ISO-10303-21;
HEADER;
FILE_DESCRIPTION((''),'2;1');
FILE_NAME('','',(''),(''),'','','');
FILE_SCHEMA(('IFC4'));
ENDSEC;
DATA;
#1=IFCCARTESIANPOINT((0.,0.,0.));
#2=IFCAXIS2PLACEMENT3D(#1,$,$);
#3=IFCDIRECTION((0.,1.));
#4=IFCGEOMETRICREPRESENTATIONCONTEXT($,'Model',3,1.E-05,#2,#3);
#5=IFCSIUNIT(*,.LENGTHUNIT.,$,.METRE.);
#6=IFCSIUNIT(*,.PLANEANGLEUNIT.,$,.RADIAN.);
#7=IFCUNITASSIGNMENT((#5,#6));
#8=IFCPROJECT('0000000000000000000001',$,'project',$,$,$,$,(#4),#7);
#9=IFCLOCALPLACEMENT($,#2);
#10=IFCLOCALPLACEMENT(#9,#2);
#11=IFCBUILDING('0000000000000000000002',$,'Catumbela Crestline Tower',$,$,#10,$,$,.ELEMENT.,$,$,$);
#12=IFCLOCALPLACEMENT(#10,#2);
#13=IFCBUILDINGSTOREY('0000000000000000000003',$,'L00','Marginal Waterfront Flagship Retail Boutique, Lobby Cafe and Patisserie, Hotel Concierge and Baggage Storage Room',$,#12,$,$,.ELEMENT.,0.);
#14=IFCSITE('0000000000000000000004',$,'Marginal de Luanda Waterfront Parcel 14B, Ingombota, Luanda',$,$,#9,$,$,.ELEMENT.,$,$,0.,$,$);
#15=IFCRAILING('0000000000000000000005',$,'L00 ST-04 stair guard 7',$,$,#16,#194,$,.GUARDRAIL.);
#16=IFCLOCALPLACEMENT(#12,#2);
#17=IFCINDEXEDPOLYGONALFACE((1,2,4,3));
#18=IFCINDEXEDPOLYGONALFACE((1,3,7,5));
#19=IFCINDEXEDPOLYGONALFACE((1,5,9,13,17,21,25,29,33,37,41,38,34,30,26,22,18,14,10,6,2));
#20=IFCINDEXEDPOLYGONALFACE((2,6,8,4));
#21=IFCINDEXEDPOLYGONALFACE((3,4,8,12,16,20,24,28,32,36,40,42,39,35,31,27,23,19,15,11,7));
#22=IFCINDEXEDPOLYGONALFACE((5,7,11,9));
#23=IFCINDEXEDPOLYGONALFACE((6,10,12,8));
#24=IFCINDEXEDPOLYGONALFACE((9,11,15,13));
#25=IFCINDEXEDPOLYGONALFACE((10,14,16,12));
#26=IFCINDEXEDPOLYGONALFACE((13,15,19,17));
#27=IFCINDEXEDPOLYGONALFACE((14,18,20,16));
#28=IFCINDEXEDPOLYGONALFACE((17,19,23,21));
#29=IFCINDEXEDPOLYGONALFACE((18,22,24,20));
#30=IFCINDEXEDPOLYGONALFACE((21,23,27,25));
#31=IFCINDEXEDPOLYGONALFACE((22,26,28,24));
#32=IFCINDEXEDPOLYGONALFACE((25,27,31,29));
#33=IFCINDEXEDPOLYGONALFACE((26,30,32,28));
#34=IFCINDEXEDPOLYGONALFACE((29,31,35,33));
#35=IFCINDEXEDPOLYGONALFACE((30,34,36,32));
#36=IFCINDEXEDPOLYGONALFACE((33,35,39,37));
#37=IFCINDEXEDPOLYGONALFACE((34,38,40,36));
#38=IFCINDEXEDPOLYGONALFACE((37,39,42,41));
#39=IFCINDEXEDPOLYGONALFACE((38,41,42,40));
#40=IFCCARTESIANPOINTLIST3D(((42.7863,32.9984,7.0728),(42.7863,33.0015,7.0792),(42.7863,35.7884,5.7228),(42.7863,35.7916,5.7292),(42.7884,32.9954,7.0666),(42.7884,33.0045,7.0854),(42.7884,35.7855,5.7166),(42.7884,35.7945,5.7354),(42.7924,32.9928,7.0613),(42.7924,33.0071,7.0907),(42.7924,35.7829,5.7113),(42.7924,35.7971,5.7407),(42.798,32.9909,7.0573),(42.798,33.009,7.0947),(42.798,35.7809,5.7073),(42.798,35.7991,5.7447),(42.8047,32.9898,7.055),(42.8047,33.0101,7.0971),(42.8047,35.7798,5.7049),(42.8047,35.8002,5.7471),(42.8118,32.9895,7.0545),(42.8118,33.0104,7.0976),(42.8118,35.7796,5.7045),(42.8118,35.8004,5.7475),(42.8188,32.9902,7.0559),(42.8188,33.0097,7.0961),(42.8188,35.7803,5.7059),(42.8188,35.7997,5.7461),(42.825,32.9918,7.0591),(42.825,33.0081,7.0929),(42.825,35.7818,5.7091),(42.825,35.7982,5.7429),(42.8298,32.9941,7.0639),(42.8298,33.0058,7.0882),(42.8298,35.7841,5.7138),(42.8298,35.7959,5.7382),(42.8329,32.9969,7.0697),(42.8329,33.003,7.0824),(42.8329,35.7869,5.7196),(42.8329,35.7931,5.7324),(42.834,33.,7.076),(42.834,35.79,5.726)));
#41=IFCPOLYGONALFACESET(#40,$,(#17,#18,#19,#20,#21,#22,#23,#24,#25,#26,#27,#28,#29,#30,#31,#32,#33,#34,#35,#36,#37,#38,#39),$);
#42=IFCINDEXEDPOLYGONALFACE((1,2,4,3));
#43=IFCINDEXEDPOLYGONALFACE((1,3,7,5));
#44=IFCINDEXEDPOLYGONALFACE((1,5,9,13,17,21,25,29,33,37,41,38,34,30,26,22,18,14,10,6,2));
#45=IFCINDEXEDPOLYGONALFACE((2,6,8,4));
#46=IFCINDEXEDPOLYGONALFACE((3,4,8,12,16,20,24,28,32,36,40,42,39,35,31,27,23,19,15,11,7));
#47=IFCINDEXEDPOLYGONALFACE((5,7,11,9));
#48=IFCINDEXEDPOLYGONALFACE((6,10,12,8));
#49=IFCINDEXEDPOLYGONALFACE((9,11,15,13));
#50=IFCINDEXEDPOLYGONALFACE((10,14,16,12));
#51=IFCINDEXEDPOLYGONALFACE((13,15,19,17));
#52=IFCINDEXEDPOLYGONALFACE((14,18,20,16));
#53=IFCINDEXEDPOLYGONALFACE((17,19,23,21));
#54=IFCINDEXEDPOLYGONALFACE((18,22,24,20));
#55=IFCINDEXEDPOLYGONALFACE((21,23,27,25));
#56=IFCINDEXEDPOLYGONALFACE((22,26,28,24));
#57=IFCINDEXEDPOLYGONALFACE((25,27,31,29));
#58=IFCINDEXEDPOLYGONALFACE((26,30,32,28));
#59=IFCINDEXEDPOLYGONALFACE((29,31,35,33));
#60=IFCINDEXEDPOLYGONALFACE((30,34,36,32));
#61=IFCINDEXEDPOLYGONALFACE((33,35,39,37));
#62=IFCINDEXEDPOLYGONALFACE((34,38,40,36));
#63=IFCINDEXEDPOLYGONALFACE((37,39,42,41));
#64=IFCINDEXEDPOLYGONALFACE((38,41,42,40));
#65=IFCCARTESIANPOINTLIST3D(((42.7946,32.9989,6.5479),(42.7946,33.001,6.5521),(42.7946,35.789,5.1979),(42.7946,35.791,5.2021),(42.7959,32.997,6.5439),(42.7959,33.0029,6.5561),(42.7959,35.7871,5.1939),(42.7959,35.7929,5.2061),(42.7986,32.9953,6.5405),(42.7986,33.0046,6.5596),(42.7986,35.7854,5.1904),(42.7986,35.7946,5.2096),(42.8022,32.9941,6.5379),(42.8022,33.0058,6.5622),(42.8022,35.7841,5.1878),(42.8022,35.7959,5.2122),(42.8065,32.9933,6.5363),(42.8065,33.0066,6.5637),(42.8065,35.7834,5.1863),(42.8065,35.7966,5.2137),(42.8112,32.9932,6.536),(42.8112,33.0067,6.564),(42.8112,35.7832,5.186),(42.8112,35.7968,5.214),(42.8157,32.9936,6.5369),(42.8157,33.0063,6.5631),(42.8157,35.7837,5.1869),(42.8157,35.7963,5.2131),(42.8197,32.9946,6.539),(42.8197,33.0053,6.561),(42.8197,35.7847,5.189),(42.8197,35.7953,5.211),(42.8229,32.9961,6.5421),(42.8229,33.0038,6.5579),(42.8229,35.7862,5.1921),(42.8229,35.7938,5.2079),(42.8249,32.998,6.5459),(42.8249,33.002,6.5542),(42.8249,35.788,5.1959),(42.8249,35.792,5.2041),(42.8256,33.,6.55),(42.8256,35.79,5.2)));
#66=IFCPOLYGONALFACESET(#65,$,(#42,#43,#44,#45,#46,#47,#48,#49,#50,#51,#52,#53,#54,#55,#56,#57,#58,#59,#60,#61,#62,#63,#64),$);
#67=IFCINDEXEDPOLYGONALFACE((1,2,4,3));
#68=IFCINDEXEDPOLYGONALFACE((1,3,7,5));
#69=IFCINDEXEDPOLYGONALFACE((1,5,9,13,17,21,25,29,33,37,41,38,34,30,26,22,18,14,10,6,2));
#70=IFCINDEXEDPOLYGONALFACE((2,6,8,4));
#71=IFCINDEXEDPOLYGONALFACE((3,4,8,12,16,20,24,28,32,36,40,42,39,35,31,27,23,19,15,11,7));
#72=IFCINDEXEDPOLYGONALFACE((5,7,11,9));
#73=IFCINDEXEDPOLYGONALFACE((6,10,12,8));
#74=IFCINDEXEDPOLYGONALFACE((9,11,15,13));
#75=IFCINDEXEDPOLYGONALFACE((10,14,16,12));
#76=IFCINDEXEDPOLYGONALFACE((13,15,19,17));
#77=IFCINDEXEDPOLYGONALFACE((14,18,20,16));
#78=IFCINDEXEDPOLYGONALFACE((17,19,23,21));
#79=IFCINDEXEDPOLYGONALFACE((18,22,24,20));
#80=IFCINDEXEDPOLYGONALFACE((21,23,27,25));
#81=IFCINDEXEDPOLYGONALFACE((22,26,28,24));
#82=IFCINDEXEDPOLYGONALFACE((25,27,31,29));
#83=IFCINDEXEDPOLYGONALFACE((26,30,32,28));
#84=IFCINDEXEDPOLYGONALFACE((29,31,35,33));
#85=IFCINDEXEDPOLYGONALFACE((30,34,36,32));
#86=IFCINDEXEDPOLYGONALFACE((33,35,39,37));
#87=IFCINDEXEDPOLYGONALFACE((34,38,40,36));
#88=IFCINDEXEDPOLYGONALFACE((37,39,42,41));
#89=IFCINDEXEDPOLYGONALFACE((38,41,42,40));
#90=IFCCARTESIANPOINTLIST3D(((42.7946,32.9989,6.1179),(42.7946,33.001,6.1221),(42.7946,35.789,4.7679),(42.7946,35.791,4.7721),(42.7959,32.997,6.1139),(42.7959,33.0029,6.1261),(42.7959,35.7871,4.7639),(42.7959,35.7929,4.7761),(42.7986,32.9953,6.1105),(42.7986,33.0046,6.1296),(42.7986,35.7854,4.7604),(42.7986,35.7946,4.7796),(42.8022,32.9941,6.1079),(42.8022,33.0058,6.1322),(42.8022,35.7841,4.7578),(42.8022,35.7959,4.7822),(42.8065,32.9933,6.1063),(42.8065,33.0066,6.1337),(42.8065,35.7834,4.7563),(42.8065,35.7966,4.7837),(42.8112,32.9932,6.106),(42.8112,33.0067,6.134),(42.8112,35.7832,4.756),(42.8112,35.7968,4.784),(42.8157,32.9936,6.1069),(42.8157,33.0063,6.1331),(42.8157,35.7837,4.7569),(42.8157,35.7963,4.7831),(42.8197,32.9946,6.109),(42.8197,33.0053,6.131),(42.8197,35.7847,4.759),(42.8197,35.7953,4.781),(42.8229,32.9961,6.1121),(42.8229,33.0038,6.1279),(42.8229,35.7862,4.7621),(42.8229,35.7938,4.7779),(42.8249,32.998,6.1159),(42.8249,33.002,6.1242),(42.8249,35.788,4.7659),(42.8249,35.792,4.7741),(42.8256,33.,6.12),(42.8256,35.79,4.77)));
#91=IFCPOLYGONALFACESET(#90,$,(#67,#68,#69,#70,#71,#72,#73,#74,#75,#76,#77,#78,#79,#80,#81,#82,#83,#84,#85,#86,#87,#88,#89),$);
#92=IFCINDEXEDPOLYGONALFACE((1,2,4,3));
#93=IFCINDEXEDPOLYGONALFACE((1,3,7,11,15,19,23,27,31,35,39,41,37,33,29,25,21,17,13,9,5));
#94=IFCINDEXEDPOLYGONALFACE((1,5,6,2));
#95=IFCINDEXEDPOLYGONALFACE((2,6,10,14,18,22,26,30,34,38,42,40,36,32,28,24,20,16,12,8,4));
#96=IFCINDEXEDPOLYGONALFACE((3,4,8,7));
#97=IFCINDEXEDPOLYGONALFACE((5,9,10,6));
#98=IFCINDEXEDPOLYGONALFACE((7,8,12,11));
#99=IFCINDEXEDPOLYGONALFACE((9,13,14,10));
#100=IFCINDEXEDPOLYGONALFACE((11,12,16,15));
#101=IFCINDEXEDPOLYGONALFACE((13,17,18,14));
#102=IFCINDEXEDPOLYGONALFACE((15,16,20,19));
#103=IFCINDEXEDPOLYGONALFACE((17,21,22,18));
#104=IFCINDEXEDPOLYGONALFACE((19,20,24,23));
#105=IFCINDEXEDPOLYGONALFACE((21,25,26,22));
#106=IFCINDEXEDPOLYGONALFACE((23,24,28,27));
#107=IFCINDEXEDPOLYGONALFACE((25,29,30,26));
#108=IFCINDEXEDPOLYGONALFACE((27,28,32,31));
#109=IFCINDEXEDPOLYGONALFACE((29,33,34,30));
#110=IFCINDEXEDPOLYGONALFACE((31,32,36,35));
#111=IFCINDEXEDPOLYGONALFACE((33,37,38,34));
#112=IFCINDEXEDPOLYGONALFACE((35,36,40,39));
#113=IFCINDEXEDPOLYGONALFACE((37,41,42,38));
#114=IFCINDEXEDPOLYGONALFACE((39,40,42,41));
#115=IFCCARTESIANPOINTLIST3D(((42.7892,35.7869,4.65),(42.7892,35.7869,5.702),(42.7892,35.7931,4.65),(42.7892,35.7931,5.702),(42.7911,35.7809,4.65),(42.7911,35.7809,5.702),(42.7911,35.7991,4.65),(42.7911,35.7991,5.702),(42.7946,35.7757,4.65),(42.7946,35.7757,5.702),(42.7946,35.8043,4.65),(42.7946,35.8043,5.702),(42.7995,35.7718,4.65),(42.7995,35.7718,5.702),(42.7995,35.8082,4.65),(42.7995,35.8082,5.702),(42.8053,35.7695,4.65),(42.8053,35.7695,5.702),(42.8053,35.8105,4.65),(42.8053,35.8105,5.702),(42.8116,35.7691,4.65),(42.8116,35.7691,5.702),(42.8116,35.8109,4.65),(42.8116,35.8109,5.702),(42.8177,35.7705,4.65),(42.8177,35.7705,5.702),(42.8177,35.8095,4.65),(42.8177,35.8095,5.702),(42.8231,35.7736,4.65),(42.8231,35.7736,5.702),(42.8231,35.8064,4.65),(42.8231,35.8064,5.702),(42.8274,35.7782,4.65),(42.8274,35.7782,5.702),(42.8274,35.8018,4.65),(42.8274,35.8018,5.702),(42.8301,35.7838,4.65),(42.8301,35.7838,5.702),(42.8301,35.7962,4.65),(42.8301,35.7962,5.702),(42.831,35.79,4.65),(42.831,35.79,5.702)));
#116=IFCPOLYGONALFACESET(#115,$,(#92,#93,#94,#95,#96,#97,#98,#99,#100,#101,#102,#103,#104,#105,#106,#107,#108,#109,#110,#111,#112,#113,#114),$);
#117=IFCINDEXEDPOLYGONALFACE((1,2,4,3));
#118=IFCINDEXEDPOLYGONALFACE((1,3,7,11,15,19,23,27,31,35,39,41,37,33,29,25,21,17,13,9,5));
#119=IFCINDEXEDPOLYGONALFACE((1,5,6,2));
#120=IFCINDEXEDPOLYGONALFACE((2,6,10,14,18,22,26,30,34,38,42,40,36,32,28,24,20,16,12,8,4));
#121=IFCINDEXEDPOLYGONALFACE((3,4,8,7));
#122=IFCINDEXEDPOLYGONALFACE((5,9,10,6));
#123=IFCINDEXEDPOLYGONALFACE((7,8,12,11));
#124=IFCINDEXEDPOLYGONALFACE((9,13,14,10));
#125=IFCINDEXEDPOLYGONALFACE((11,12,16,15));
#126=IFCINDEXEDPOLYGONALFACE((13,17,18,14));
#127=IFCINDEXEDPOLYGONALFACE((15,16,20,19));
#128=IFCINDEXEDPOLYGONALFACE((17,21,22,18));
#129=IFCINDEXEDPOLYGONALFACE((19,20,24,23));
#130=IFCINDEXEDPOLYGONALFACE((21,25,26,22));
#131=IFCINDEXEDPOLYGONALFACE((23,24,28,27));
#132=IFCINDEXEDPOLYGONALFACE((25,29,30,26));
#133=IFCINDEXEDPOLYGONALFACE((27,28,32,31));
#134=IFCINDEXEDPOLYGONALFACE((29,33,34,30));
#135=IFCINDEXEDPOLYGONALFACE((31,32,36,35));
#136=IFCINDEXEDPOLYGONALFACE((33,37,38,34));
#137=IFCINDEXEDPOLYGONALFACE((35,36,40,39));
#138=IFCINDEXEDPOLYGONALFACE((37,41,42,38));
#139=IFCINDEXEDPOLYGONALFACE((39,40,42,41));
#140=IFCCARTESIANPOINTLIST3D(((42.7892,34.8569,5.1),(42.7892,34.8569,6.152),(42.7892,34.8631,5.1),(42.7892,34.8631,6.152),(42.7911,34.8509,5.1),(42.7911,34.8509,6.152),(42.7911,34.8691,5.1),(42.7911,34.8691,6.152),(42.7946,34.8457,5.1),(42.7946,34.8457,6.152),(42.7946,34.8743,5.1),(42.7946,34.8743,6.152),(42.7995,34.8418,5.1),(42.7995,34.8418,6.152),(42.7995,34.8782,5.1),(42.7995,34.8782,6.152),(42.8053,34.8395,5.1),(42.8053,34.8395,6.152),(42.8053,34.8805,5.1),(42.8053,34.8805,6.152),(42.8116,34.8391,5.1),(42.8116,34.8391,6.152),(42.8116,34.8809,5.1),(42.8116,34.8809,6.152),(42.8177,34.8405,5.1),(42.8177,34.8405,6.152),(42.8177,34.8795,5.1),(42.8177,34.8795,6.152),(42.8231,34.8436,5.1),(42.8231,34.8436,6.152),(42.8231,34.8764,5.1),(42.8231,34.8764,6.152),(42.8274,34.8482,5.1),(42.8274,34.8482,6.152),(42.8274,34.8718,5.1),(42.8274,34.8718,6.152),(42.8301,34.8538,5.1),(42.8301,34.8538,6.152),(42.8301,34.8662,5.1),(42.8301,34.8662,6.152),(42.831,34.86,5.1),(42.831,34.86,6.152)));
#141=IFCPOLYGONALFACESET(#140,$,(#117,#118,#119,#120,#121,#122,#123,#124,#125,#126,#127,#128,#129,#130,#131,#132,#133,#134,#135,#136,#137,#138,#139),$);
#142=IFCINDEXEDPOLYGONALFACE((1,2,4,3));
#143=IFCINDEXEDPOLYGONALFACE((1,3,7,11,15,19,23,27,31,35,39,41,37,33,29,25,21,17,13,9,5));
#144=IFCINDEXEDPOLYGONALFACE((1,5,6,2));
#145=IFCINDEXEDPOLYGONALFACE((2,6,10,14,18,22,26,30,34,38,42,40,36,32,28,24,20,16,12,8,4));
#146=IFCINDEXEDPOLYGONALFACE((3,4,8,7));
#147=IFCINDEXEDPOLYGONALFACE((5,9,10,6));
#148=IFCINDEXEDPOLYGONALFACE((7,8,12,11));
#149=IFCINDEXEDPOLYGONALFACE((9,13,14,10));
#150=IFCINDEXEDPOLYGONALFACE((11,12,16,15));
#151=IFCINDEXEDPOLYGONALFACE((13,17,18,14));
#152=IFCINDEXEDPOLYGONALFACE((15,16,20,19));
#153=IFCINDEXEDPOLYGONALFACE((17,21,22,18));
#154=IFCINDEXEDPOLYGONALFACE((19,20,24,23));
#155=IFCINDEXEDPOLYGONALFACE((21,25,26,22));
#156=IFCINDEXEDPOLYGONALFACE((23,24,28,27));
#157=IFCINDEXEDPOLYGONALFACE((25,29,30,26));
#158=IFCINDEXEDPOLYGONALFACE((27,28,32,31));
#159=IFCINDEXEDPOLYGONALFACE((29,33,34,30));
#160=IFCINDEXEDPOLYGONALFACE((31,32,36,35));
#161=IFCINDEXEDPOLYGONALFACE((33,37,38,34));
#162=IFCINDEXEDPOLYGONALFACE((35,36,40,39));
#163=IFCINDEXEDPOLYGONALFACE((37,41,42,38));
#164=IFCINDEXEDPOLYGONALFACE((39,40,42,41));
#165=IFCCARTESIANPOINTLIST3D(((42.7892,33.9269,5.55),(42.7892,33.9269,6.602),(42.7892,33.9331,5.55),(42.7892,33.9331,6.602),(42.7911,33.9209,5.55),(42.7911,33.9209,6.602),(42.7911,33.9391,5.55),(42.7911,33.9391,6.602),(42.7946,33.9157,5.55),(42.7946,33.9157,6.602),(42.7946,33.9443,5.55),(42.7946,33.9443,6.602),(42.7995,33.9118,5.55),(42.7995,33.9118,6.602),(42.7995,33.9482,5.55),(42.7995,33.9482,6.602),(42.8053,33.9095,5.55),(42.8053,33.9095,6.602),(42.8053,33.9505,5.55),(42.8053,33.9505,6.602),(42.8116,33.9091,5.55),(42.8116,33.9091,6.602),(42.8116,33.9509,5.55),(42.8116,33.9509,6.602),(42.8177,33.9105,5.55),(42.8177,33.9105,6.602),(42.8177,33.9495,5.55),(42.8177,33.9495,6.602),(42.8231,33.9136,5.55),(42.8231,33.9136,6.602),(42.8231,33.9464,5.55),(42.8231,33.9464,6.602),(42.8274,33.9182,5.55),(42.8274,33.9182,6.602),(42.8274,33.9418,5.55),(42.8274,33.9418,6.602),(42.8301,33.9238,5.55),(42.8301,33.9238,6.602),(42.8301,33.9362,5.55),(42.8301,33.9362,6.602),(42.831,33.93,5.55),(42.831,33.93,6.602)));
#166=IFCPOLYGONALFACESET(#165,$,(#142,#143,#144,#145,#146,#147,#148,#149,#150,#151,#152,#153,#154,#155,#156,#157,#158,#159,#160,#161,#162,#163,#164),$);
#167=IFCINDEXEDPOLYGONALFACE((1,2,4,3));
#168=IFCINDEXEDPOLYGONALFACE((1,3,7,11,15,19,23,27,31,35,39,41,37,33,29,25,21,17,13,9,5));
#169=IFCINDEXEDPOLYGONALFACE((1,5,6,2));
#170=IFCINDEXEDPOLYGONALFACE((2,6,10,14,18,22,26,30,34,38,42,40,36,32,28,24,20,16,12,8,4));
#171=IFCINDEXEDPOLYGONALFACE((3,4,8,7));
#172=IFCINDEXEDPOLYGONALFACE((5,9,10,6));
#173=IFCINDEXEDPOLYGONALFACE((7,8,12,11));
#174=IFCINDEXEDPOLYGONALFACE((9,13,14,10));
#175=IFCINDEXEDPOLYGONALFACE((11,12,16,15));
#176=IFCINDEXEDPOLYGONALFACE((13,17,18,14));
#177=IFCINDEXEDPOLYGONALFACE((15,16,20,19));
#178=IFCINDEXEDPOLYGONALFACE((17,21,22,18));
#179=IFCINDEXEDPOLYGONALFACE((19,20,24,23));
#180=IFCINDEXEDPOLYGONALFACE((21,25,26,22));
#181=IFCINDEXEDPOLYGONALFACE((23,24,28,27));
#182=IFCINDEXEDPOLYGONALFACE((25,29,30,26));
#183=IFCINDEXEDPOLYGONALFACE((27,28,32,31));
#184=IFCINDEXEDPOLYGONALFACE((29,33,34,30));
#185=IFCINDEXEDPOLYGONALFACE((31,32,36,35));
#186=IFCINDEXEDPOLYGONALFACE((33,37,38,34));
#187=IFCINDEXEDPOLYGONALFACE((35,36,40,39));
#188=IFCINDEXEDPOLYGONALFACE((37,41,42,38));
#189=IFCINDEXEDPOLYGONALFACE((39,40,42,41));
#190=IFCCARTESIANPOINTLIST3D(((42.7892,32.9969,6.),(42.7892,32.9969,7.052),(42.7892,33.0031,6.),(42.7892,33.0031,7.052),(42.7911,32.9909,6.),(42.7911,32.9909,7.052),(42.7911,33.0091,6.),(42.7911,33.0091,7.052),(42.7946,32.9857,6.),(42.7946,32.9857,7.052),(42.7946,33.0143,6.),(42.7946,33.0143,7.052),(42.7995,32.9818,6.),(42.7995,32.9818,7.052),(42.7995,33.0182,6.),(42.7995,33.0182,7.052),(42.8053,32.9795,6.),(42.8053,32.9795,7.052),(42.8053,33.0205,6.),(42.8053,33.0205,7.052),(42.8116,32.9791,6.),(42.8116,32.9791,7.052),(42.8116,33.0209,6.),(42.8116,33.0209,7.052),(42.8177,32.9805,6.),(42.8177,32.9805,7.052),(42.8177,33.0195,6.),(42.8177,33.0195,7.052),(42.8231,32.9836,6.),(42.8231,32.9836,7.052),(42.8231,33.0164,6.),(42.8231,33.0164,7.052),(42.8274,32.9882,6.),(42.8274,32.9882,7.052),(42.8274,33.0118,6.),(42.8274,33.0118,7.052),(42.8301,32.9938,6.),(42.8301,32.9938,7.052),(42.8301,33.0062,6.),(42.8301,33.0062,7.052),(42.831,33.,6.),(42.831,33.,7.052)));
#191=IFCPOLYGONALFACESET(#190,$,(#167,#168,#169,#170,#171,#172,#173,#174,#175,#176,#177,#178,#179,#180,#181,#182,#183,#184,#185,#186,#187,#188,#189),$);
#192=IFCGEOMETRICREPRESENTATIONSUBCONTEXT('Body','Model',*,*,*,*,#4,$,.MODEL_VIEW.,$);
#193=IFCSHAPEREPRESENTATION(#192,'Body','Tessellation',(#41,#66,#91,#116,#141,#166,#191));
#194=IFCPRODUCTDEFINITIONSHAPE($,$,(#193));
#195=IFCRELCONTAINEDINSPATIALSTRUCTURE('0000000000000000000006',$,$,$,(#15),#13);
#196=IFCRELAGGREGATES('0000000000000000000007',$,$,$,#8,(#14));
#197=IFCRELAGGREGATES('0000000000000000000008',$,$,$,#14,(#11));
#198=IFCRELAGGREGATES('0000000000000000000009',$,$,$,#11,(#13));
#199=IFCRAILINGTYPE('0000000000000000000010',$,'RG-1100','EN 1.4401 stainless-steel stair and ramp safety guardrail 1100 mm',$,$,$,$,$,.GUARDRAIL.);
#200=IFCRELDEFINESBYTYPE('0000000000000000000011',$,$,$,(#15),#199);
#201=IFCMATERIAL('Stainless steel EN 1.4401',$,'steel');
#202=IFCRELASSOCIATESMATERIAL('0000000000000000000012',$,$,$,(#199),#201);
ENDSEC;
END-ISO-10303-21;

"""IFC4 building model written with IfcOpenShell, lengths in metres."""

from ifc_helpers import new_model, si_unit, direction, frame, origin, origin_2d, place, context, subcontext, project, spatial, circle, extrude, material, type_object, element, save


model = new_model("IFC4")

# Units and contexts
model_context = context("Model", 3, precision=1e-05, world=origin(), true_north=direction((0.0, 1.0)))
body_context = subcontext(model_context, "Body", "Model", "MODEL_VIEW")
ifc_project = project(units=[si_unit("LENGTHUNIT", "METRE"), si_unit("PLANEANGLEUNIT", "RADIAN")], contexts=[model_context])

# Site, building, storey
site_placement = place(None, origin())
site = spatial("IfcSite", under=ifc_project, at=site_placement, Name="Marginal de Luanda Waterfront Parcel 14B, Ingombota, Luanda", CompositionType="ELEMENT", RefElevation=0.0)
building_placement = place(site_placement, origin())
building = spatial("IfcBuilding", under=site, at=building_placement, Name="Catumbela Crestline Tower", CompositionType="ELEMENT")
storey_placement = place(building_placement, origin())
storey = spatial("IfcBuildingStorey", under=building, at=storey_placement, Name="L00", Description="Marginal Waterfront Flagship Retail Boutique, Lobby Cafe and Patisserie, Hotel Concierge and Baggage Storage Room", CompositionType="ELEMENT", Elevation=0.0)

# Shared definitions
ifc_material_1 = material(Name="Stainless steel EN 1.4401", Category="steel")

# Railing
railing_type_1 = type_object("IfcRailingType", Name="RG-1100", Description="EN 1.4401 stainless-steel stair and ramp safety guardrail 1100 mm", PredefinedType="GUARDRAIL", material=ifc_material_1)
railing_1_placement = place(storey_placement, frame((42.81, 35.79, 4.65)))
element("IfcRailing", 1, at=railing_1_placement, inside=storey, type_object=railing_type_1, Name="L00 ST-04 stair guard 7", PredefinedType="GUARDRAIL", context=body_context, shape_type="SweptSolid", body=[
    extrude(circle(Radius=0.024, at=origin_2d()), frame((0.0, 0.0, 1.076), z_axis=(0.0, -0.900159, 0.435561), x_axis=(1.0, 0.0, 0.0)), (0.0, 0.0, 1.0), 3.0995),
    extrude(circle(Radius=0.0156, at=origin_2d()), frame((0.0, 0.0, 0.55), z_axis=(0.0, -0.900159, 0.435561), x_axis=(1.0, 0.0, 0.0)), (0.0, 0.0, 1.0), 3.0995),
    extrude(circle(Radius=0.0156, at=origin_2d()), frame((0.0, 0.0, 0.12), z_axis=(0.0, -0.900159, 0.435561), x_axis=(1.0, 0.0, 0.0)), (0.0, 0.0, 1.0), 3.0995),
    extrude(circle(Radius=0.021, at=origin_2d()), origin(), (0.0, 0.0, 1.0), 1.052),
    extrude(circle(Radius=0.021, at=origin_2d()), frame((0.0, -0.93, 0.45)), (0.0, 0.0, 1.0), 1.052),
    extrude(circle(Radius=0.021, at=origin_2d()), frame((0.0, -1.86, 0.9)), (0.0, 0.0, 1.0), 1.052),
    extrude(circle(Radius=0.021, at=origin_2d()), frame((0.0, -2.79, 1.35)), (0.0, 0.0, 1.0), 1.052),
])

save(model, "model.ifc")
